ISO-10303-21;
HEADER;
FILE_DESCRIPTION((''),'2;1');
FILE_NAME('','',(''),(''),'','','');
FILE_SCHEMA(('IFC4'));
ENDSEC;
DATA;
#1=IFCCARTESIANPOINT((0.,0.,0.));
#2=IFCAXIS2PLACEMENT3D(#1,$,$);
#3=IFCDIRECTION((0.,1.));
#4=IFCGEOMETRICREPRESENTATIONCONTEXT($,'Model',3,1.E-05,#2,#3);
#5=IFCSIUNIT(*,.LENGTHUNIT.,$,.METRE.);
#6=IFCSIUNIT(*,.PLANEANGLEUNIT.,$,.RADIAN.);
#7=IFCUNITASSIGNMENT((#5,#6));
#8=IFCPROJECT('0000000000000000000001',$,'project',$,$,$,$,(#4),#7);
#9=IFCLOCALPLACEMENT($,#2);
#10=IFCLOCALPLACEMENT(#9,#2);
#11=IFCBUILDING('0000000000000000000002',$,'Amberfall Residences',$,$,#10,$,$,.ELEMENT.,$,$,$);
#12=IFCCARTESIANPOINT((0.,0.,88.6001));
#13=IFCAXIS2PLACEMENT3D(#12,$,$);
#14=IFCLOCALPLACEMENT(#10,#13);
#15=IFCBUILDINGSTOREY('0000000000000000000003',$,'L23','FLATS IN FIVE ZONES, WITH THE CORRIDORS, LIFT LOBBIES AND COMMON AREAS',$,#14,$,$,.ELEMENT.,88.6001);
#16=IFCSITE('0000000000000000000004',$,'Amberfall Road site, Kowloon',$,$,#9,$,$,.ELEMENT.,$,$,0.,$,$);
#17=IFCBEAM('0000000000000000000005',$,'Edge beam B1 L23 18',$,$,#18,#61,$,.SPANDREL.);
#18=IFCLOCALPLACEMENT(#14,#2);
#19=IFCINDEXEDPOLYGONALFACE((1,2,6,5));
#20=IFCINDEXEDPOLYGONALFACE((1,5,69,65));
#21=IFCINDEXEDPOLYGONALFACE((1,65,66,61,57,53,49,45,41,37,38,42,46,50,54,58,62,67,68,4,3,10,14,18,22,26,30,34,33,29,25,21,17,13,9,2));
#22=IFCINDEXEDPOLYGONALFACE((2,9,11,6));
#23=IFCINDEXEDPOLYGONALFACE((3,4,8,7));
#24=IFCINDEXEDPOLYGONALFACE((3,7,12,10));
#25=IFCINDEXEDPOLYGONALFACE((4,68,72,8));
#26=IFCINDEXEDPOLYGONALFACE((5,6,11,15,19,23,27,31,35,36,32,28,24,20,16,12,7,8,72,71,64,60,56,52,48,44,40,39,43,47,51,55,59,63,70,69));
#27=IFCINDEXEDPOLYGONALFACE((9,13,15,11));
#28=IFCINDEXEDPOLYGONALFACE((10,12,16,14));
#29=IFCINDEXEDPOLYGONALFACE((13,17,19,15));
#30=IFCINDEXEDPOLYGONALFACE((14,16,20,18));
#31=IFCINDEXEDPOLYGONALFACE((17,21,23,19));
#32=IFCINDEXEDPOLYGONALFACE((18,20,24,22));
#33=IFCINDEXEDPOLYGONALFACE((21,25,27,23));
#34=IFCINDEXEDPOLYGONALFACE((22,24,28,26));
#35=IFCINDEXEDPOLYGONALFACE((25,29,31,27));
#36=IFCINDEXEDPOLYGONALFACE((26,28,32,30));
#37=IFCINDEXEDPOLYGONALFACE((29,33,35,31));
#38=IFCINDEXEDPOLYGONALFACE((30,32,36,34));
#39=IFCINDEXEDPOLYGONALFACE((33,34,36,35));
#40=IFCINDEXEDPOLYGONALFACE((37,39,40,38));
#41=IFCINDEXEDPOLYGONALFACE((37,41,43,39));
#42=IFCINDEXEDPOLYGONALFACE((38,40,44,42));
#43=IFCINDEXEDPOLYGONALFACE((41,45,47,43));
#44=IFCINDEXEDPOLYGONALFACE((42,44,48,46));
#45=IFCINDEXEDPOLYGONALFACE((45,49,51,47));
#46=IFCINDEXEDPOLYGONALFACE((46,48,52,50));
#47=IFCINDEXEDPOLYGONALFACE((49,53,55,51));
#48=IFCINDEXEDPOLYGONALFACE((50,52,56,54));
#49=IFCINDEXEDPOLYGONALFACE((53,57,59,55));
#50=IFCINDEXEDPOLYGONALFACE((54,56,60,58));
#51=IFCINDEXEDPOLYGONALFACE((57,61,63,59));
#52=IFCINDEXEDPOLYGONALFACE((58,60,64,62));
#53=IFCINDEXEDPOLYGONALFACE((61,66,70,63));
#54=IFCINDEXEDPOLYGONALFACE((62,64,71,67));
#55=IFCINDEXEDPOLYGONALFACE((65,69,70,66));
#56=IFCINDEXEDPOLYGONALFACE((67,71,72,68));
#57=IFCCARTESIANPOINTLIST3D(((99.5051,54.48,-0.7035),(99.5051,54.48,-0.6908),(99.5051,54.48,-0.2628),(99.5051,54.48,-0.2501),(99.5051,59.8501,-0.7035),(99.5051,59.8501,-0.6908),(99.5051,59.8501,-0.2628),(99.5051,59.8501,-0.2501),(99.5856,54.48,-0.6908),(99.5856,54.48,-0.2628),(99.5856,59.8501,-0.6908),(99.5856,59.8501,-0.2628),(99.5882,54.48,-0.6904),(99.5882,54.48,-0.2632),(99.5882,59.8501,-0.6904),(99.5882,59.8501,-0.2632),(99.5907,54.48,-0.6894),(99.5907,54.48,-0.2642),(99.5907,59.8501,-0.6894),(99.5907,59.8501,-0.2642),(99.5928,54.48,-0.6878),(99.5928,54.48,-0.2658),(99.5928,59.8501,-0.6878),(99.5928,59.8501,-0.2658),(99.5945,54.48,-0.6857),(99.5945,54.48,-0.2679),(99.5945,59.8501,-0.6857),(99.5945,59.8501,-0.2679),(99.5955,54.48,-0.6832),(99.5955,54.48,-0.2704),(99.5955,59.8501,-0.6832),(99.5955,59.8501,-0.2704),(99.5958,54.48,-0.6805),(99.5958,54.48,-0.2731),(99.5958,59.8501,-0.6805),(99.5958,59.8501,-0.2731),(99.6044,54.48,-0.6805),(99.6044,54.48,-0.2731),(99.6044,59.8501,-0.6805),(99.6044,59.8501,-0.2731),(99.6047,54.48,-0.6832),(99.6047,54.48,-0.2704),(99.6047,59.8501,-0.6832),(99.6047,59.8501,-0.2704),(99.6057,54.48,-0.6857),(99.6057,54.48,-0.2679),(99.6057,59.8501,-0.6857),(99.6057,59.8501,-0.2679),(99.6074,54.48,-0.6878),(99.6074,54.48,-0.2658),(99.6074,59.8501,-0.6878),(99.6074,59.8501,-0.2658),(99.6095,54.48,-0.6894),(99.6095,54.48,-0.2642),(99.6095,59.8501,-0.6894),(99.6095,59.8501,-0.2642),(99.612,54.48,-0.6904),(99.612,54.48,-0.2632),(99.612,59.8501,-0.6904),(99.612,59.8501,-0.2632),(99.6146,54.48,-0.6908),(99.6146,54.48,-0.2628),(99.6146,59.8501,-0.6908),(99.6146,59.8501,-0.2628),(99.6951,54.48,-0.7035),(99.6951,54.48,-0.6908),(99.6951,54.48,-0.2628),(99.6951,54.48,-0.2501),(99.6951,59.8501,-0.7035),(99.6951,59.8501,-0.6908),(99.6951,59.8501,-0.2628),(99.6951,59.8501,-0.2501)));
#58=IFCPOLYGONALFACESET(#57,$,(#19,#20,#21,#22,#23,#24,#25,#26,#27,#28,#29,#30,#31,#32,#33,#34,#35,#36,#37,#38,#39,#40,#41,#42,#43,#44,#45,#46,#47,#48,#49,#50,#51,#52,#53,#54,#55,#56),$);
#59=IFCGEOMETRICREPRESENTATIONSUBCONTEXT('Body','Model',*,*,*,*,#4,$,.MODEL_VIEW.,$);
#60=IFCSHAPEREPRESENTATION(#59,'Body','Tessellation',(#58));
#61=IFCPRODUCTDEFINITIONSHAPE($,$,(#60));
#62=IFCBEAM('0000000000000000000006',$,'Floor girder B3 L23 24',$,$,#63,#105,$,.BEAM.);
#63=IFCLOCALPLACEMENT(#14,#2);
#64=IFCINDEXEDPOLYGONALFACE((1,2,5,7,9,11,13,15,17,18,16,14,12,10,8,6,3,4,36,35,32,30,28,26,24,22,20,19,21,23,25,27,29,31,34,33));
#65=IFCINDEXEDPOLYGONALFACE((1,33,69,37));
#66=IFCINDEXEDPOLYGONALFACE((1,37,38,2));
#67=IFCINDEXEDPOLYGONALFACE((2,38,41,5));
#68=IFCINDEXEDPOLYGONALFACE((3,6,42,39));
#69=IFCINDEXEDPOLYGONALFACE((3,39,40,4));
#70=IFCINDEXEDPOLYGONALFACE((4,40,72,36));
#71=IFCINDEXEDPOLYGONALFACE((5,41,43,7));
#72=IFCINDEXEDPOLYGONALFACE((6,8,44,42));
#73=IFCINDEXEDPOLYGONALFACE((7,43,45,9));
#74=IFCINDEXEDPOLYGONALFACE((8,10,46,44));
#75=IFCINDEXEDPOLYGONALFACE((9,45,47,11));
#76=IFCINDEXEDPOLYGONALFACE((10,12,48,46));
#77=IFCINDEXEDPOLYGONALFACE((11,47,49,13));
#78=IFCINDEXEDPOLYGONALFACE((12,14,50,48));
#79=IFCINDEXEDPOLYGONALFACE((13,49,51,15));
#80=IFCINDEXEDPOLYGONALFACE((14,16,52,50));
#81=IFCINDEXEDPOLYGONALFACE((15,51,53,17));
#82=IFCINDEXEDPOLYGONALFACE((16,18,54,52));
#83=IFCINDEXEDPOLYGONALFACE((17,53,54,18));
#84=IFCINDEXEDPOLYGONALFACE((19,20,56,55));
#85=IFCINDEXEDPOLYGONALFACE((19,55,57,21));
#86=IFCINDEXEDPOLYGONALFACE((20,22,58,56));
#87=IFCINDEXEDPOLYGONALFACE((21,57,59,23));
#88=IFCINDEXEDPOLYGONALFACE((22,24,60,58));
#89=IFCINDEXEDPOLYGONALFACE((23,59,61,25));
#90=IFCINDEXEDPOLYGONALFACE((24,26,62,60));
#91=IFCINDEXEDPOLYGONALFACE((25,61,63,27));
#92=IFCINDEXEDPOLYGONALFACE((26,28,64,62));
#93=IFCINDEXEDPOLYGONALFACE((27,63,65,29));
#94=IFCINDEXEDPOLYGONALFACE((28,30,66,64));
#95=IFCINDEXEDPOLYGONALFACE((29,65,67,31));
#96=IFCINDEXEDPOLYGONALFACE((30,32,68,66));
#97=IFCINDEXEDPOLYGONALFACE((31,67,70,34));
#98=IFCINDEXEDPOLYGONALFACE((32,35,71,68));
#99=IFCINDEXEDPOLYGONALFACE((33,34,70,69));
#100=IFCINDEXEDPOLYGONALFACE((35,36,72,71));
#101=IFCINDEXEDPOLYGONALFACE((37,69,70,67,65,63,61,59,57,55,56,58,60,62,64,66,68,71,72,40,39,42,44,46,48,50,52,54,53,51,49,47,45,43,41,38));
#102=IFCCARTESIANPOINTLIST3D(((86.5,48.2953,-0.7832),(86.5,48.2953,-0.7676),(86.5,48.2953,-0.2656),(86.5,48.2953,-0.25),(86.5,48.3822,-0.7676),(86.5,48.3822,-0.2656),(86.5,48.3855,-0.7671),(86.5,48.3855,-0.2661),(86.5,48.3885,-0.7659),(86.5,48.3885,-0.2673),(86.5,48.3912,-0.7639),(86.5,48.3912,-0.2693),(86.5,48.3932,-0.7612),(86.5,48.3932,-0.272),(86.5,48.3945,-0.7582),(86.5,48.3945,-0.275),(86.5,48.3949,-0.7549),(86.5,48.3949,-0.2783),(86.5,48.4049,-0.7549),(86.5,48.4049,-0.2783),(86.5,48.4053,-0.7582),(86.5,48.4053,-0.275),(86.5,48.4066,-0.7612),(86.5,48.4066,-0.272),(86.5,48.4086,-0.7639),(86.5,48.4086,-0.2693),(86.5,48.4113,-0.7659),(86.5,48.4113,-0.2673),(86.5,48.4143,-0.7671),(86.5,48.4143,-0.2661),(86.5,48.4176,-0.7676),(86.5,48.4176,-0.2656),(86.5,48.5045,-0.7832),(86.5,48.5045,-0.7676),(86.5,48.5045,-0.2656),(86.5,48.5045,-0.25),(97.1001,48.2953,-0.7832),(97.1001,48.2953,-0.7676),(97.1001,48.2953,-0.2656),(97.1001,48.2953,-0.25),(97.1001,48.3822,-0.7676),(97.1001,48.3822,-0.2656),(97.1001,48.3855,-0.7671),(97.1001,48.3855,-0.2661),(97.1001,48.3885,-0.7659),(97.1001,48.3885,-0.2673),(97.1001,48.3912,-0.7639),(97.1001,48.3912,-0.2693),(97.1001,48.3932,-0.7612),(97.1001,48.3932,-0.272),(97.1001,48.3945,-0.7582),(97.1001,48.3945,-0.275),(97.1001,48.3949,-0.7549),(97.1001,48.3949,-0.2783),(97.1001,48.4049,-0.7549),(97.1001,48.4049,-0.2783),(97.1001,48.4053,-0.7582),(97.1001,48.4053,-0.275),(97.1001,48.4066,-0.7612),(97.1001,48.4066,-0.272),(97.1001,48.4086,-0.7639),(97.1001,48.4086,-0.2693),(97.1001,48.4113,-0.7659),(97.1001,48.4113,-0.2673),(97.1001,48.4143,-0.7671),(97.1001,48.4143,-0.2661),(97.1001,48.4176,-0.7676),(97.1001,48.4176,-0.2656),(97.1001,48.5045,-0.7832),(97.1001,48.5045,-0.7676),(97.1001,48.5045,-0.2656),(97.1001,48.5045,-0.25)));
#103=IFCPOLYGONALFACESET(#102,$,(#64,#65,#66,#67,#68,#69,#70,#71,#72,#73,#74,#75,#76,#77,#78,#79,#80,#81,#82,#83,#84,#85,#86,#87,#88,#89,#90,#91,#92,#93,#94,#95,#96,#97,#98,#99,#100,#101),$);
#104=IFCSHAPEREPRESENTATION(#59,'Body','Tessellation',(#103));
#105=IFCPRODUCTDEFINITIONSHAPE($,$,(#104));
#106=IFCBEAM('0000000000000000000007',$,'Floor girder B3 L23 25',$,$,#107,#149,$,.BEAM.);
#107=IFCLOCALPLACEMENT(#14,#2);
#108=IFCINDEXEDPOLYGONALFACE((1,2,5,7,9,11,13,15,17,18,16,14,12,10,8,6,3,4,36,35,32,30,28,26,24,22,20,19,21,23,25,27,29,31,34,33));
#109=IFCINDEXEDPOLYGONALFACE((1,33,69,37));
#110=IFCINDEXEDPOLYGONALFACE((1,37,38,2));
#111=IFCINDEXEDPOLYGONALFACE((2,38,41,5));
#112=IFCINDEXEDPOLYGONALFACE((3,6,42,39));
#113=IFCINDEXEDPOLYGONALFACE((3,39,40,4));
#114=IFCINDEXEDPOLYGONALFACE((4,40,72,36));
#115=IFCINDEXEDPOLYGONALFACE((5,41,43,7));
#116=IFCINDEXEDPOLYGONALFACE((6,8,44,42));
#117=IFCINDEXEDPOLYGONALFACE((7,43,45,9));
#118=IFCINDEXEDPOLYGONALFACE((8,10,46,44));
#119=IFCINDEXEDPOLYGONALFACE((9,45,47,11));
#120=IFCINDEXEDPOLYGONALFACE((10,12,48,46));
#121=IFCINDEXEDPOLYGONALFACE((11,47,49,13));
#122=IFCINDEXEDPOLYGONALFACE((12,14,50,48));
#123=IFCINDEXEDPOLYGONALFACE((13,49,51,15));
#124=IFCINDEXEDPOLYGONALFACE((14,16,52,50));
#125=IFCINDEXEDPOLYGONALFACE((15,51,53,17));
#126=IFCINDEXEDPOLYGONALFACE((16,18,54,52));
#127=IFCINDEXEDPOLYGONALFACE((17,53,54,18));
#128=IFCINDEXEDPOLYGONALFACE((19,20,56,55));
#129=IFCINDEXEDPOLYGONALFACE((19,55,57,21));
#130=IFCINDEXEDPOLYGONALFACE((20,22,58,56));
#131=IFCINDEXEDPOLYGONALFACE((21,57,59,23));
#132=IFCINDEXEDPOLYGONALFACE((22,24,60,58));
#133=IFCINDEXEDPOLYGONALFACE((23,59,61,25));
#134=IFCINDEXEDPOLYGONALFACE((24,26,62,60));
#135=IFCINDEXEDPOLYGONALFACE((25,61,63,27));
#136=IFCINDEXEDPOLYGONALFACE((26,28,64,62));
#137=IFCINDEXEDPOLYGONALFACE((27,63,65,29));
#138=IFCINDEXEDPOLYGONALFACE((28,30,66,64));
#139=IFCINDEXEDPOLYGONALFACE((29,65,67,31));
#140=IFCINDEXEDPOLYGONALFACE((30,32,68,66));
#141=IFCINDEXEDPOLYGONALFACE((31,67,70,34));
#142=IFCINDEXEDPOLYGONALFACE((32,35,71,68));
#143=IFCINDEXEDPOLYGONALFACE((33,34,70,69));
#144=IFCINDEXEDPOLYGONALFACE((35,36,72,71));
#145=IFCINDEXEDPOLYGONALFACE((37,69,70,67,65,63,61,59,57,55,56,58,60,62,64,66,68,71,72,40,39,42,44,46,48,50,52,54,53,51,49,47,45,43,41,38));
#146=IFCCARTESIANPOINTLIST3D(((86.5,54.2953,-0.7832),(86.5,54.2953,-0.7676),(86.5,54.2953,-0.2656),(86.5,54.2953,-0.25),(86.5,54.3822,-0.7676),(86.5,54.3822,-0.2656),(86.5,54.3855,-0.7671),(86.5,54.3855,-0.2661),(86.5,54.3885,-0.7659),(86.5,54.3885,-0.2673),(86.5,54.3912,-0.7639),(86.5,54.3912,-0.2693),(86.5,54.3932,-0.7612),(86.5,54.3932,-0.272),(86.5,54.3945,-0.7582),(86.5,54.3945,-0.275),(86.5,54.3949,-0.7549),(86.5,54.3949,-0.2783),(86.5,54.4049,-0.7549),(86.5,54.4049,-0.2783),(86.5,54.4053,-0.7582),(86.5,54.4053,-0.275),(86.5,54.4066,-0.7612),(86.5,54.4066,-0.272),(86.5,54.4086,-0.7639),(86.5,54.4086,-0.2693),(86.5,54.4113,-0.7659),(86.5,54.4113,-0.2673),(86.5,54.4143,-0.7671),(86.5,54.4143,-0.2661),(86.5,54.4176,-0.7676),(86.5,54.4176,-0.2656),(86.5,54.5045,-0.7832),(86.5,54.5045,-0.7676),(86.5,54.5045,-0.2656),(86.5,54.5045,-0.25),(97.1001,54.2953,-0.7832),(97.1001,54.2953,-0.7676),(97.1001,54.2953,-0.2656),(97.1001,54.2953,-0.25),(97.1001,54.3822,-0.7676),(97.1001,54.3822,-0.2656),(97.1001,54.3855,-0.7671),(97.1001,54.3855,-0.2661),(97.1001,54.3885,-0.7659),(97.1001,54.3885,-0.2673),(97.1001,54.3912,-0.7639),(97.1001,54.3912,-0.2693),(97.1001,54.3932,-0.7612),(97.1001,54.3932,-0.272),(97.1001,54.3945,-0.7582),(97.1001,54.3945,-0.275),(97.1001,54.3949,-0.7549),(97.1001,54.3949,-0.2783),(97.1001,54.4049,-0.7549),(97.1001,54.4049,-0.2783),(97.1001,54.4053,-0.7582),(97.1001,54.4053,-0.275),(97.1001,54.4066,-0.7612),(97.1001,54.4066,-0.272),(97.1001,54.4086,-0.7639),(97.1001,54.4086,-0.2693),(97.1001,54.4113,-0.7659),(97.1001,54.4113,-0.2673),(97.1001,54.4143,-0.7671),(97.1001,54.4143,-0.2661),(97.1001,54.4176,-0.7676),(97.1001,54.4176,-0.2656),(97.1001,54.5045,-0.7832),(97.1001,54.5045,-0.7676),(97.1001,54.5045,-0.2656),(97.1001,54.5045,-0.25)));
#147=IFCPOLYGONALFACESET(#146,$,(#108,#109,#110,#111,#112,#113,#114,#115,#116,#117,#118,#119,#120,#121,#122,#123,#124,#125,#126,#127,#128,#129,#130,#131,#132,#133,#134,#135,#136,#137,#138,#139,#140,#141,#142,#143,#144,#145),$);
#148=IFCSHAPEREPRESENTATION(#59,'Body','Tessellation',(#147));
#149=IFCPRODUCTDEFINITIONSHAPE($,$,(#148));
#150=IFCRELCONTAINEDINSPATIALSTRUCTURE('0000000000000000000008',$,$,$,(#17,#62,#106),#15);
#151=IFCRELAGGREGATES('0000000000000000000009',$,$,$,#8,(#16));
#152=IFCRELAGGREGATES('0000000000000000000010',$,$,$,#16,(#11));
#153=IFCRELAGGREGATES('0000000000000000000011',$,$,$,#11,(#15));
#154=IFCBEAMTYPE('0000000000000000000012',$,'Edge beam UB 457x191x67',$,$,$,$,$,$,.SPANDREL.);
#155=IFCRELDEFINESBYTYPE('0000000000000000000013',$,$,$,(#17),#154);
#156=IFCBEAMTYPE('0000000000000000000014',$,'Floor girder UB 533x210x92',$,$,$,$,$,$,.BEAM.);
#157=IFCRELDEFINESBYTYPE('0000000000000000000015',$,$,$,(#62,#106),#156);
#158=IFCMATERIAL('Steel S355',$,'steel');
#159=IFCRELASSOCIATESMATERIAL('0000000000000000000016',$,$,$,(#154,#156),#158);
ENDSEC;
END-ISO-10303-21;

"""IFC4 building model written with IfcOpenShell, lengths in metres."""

from ifc_helpers import new_model, si_unit, direction, frame, origin, origin_2d, place, context, subcontext, project, spatial, i_section, extrude, material, material_profile, profile_set, type_object, element, save


model = new_model("IFC4")

# Units and contexts
model_context = context("Model", 3, precision=1e-05, world=origin(), true_north=direction((0.0, 1.0)))
body_context = subcontext(model_context, "Body", "Model", "MODEL_VIEW")
ifc_project = project(units=[si_unit("LENGTHUNIT", "METRE"), si_unit("PLANEANGLEUNIT", "RADIAN")], contexts=[model_context])

# Site, building, storey
site_placement = place(None, origin())
site = spatial("IfcSite", under=ifc_project, at=site_placement, Name="Amberfall Road site, Kowloon", CompositionType="ELEMENT", RefElevation=0.0)
building_placement = place(site_placement, origin())
building = spatial("IfcBuilding", under=site, at=building_placement, Name="Amberfall Residences", CompositionType="ELEMENT")
storey_placement = place(building_placement, frame((0.0, 0.0, 88.6001)))
storey = spatial("IfcBuildingStorey", under=building, at=storey_placement, Name="L23", Description="FLATS IN FIVE ZONES, WITH THE CORRIDORS, LIFT LOBBIES AND COMMON AREAS", CompositionType="ELEMENT", Elevation=88.6001)

# Beams
ifc_material_1 = material(Name="Steel S355", Category="steel")
ifc_material_profile_1 = material_profile(ifc_material_1, i_section(OverallWidth=0.1899, OverallDepth=0.4534, WebThickness=0.0085, FlangeThickness=0.0127, FilletRadius=0.0103, at=origin_2d()), Name="UB 457x191x67")
ifc_profile_set_1 = profile_set([ifc_material_profile_1], Name="Steel S355")
beam_type_1 = type_object("IfcBeamType", Name="Edge beam UB 457x191x67", PredefinedType="SPANDREL", material=ifc_profile_set_1)
beam_1_placement = place(storey_placement, frame((99.6001, 54.48, -0.4768), z_axis=(0.0, 1.0, 0.0), x_axis=(-1.0, 0.0, 0.0)))
element("IfcBeam", 1, at=beam_1_placement, inside=storey, type_object=beam_type_1, Name="Edge beam B1 L23 18", PredefinedType="SPANDREL", context=body_context, shape_type="SweptSolid", body=[
    extrude(i_section(OverallWidth=0.1899, OverallDepth=0.4534, WebThickness=0.0085, FlangeThickness=0.0127, FilletRadius=0.0103, at=origin_2d()), origin(), (0.0, 0.0, 1.0), 5.3701),
])
ifc_material_profile_2 = material_profile(ifc_material_1, i_section(OverallWidth=0.2092, OverallDepth=0.5332, WebThickness=0.01, FlangeThickness=0.0156, FilletRadius=0.0127, at=origin_2d()), Name="UB 533x210x92")
ifc_profile_set_2 = profile_set([ifc_material_profile_2], Name="Steel S355")
beam_type_2 = type_object("IfcBeamType", Name="Floor girder UB 533x210x92", PredefinedType="BEAM", material=ifc_profile_set_2)
for number, where, z_axis, x_axis, name in (
    (2, (97.1001, 48.3999, -0.5166), (-1.0, 0.0, 0.0), (0.0, -1.0, 0.0), "Floor girder B3 L23 24"),
    (3, (97.1001, 54.3999, -0.5166), (-1.0, 0.0, 0.0), (0.0, -1.0, 0.0), "Floor girder B3 L23 25"),
):
    element("IfcBeam", number, at=place(storey_placement, frame(where, z_axis=z_axis, x_axis=x_axis)), inside=storey, type_object=beam_type_2, Name=name, PredefinedType="BEAM", context=body_context, shape_type="SweptSolid", body=[
        extrude(i_section(OverallWidth=0.2092, OverallDepth=0.5332, WebThickness=0.01, FlangeThickness=0.0156, FilletRadius=0.0127, at=origin_2d()), origin(), (0.0, 0.0, 1.0), 10.6001),
    ])

save(model, "model.ifc")
